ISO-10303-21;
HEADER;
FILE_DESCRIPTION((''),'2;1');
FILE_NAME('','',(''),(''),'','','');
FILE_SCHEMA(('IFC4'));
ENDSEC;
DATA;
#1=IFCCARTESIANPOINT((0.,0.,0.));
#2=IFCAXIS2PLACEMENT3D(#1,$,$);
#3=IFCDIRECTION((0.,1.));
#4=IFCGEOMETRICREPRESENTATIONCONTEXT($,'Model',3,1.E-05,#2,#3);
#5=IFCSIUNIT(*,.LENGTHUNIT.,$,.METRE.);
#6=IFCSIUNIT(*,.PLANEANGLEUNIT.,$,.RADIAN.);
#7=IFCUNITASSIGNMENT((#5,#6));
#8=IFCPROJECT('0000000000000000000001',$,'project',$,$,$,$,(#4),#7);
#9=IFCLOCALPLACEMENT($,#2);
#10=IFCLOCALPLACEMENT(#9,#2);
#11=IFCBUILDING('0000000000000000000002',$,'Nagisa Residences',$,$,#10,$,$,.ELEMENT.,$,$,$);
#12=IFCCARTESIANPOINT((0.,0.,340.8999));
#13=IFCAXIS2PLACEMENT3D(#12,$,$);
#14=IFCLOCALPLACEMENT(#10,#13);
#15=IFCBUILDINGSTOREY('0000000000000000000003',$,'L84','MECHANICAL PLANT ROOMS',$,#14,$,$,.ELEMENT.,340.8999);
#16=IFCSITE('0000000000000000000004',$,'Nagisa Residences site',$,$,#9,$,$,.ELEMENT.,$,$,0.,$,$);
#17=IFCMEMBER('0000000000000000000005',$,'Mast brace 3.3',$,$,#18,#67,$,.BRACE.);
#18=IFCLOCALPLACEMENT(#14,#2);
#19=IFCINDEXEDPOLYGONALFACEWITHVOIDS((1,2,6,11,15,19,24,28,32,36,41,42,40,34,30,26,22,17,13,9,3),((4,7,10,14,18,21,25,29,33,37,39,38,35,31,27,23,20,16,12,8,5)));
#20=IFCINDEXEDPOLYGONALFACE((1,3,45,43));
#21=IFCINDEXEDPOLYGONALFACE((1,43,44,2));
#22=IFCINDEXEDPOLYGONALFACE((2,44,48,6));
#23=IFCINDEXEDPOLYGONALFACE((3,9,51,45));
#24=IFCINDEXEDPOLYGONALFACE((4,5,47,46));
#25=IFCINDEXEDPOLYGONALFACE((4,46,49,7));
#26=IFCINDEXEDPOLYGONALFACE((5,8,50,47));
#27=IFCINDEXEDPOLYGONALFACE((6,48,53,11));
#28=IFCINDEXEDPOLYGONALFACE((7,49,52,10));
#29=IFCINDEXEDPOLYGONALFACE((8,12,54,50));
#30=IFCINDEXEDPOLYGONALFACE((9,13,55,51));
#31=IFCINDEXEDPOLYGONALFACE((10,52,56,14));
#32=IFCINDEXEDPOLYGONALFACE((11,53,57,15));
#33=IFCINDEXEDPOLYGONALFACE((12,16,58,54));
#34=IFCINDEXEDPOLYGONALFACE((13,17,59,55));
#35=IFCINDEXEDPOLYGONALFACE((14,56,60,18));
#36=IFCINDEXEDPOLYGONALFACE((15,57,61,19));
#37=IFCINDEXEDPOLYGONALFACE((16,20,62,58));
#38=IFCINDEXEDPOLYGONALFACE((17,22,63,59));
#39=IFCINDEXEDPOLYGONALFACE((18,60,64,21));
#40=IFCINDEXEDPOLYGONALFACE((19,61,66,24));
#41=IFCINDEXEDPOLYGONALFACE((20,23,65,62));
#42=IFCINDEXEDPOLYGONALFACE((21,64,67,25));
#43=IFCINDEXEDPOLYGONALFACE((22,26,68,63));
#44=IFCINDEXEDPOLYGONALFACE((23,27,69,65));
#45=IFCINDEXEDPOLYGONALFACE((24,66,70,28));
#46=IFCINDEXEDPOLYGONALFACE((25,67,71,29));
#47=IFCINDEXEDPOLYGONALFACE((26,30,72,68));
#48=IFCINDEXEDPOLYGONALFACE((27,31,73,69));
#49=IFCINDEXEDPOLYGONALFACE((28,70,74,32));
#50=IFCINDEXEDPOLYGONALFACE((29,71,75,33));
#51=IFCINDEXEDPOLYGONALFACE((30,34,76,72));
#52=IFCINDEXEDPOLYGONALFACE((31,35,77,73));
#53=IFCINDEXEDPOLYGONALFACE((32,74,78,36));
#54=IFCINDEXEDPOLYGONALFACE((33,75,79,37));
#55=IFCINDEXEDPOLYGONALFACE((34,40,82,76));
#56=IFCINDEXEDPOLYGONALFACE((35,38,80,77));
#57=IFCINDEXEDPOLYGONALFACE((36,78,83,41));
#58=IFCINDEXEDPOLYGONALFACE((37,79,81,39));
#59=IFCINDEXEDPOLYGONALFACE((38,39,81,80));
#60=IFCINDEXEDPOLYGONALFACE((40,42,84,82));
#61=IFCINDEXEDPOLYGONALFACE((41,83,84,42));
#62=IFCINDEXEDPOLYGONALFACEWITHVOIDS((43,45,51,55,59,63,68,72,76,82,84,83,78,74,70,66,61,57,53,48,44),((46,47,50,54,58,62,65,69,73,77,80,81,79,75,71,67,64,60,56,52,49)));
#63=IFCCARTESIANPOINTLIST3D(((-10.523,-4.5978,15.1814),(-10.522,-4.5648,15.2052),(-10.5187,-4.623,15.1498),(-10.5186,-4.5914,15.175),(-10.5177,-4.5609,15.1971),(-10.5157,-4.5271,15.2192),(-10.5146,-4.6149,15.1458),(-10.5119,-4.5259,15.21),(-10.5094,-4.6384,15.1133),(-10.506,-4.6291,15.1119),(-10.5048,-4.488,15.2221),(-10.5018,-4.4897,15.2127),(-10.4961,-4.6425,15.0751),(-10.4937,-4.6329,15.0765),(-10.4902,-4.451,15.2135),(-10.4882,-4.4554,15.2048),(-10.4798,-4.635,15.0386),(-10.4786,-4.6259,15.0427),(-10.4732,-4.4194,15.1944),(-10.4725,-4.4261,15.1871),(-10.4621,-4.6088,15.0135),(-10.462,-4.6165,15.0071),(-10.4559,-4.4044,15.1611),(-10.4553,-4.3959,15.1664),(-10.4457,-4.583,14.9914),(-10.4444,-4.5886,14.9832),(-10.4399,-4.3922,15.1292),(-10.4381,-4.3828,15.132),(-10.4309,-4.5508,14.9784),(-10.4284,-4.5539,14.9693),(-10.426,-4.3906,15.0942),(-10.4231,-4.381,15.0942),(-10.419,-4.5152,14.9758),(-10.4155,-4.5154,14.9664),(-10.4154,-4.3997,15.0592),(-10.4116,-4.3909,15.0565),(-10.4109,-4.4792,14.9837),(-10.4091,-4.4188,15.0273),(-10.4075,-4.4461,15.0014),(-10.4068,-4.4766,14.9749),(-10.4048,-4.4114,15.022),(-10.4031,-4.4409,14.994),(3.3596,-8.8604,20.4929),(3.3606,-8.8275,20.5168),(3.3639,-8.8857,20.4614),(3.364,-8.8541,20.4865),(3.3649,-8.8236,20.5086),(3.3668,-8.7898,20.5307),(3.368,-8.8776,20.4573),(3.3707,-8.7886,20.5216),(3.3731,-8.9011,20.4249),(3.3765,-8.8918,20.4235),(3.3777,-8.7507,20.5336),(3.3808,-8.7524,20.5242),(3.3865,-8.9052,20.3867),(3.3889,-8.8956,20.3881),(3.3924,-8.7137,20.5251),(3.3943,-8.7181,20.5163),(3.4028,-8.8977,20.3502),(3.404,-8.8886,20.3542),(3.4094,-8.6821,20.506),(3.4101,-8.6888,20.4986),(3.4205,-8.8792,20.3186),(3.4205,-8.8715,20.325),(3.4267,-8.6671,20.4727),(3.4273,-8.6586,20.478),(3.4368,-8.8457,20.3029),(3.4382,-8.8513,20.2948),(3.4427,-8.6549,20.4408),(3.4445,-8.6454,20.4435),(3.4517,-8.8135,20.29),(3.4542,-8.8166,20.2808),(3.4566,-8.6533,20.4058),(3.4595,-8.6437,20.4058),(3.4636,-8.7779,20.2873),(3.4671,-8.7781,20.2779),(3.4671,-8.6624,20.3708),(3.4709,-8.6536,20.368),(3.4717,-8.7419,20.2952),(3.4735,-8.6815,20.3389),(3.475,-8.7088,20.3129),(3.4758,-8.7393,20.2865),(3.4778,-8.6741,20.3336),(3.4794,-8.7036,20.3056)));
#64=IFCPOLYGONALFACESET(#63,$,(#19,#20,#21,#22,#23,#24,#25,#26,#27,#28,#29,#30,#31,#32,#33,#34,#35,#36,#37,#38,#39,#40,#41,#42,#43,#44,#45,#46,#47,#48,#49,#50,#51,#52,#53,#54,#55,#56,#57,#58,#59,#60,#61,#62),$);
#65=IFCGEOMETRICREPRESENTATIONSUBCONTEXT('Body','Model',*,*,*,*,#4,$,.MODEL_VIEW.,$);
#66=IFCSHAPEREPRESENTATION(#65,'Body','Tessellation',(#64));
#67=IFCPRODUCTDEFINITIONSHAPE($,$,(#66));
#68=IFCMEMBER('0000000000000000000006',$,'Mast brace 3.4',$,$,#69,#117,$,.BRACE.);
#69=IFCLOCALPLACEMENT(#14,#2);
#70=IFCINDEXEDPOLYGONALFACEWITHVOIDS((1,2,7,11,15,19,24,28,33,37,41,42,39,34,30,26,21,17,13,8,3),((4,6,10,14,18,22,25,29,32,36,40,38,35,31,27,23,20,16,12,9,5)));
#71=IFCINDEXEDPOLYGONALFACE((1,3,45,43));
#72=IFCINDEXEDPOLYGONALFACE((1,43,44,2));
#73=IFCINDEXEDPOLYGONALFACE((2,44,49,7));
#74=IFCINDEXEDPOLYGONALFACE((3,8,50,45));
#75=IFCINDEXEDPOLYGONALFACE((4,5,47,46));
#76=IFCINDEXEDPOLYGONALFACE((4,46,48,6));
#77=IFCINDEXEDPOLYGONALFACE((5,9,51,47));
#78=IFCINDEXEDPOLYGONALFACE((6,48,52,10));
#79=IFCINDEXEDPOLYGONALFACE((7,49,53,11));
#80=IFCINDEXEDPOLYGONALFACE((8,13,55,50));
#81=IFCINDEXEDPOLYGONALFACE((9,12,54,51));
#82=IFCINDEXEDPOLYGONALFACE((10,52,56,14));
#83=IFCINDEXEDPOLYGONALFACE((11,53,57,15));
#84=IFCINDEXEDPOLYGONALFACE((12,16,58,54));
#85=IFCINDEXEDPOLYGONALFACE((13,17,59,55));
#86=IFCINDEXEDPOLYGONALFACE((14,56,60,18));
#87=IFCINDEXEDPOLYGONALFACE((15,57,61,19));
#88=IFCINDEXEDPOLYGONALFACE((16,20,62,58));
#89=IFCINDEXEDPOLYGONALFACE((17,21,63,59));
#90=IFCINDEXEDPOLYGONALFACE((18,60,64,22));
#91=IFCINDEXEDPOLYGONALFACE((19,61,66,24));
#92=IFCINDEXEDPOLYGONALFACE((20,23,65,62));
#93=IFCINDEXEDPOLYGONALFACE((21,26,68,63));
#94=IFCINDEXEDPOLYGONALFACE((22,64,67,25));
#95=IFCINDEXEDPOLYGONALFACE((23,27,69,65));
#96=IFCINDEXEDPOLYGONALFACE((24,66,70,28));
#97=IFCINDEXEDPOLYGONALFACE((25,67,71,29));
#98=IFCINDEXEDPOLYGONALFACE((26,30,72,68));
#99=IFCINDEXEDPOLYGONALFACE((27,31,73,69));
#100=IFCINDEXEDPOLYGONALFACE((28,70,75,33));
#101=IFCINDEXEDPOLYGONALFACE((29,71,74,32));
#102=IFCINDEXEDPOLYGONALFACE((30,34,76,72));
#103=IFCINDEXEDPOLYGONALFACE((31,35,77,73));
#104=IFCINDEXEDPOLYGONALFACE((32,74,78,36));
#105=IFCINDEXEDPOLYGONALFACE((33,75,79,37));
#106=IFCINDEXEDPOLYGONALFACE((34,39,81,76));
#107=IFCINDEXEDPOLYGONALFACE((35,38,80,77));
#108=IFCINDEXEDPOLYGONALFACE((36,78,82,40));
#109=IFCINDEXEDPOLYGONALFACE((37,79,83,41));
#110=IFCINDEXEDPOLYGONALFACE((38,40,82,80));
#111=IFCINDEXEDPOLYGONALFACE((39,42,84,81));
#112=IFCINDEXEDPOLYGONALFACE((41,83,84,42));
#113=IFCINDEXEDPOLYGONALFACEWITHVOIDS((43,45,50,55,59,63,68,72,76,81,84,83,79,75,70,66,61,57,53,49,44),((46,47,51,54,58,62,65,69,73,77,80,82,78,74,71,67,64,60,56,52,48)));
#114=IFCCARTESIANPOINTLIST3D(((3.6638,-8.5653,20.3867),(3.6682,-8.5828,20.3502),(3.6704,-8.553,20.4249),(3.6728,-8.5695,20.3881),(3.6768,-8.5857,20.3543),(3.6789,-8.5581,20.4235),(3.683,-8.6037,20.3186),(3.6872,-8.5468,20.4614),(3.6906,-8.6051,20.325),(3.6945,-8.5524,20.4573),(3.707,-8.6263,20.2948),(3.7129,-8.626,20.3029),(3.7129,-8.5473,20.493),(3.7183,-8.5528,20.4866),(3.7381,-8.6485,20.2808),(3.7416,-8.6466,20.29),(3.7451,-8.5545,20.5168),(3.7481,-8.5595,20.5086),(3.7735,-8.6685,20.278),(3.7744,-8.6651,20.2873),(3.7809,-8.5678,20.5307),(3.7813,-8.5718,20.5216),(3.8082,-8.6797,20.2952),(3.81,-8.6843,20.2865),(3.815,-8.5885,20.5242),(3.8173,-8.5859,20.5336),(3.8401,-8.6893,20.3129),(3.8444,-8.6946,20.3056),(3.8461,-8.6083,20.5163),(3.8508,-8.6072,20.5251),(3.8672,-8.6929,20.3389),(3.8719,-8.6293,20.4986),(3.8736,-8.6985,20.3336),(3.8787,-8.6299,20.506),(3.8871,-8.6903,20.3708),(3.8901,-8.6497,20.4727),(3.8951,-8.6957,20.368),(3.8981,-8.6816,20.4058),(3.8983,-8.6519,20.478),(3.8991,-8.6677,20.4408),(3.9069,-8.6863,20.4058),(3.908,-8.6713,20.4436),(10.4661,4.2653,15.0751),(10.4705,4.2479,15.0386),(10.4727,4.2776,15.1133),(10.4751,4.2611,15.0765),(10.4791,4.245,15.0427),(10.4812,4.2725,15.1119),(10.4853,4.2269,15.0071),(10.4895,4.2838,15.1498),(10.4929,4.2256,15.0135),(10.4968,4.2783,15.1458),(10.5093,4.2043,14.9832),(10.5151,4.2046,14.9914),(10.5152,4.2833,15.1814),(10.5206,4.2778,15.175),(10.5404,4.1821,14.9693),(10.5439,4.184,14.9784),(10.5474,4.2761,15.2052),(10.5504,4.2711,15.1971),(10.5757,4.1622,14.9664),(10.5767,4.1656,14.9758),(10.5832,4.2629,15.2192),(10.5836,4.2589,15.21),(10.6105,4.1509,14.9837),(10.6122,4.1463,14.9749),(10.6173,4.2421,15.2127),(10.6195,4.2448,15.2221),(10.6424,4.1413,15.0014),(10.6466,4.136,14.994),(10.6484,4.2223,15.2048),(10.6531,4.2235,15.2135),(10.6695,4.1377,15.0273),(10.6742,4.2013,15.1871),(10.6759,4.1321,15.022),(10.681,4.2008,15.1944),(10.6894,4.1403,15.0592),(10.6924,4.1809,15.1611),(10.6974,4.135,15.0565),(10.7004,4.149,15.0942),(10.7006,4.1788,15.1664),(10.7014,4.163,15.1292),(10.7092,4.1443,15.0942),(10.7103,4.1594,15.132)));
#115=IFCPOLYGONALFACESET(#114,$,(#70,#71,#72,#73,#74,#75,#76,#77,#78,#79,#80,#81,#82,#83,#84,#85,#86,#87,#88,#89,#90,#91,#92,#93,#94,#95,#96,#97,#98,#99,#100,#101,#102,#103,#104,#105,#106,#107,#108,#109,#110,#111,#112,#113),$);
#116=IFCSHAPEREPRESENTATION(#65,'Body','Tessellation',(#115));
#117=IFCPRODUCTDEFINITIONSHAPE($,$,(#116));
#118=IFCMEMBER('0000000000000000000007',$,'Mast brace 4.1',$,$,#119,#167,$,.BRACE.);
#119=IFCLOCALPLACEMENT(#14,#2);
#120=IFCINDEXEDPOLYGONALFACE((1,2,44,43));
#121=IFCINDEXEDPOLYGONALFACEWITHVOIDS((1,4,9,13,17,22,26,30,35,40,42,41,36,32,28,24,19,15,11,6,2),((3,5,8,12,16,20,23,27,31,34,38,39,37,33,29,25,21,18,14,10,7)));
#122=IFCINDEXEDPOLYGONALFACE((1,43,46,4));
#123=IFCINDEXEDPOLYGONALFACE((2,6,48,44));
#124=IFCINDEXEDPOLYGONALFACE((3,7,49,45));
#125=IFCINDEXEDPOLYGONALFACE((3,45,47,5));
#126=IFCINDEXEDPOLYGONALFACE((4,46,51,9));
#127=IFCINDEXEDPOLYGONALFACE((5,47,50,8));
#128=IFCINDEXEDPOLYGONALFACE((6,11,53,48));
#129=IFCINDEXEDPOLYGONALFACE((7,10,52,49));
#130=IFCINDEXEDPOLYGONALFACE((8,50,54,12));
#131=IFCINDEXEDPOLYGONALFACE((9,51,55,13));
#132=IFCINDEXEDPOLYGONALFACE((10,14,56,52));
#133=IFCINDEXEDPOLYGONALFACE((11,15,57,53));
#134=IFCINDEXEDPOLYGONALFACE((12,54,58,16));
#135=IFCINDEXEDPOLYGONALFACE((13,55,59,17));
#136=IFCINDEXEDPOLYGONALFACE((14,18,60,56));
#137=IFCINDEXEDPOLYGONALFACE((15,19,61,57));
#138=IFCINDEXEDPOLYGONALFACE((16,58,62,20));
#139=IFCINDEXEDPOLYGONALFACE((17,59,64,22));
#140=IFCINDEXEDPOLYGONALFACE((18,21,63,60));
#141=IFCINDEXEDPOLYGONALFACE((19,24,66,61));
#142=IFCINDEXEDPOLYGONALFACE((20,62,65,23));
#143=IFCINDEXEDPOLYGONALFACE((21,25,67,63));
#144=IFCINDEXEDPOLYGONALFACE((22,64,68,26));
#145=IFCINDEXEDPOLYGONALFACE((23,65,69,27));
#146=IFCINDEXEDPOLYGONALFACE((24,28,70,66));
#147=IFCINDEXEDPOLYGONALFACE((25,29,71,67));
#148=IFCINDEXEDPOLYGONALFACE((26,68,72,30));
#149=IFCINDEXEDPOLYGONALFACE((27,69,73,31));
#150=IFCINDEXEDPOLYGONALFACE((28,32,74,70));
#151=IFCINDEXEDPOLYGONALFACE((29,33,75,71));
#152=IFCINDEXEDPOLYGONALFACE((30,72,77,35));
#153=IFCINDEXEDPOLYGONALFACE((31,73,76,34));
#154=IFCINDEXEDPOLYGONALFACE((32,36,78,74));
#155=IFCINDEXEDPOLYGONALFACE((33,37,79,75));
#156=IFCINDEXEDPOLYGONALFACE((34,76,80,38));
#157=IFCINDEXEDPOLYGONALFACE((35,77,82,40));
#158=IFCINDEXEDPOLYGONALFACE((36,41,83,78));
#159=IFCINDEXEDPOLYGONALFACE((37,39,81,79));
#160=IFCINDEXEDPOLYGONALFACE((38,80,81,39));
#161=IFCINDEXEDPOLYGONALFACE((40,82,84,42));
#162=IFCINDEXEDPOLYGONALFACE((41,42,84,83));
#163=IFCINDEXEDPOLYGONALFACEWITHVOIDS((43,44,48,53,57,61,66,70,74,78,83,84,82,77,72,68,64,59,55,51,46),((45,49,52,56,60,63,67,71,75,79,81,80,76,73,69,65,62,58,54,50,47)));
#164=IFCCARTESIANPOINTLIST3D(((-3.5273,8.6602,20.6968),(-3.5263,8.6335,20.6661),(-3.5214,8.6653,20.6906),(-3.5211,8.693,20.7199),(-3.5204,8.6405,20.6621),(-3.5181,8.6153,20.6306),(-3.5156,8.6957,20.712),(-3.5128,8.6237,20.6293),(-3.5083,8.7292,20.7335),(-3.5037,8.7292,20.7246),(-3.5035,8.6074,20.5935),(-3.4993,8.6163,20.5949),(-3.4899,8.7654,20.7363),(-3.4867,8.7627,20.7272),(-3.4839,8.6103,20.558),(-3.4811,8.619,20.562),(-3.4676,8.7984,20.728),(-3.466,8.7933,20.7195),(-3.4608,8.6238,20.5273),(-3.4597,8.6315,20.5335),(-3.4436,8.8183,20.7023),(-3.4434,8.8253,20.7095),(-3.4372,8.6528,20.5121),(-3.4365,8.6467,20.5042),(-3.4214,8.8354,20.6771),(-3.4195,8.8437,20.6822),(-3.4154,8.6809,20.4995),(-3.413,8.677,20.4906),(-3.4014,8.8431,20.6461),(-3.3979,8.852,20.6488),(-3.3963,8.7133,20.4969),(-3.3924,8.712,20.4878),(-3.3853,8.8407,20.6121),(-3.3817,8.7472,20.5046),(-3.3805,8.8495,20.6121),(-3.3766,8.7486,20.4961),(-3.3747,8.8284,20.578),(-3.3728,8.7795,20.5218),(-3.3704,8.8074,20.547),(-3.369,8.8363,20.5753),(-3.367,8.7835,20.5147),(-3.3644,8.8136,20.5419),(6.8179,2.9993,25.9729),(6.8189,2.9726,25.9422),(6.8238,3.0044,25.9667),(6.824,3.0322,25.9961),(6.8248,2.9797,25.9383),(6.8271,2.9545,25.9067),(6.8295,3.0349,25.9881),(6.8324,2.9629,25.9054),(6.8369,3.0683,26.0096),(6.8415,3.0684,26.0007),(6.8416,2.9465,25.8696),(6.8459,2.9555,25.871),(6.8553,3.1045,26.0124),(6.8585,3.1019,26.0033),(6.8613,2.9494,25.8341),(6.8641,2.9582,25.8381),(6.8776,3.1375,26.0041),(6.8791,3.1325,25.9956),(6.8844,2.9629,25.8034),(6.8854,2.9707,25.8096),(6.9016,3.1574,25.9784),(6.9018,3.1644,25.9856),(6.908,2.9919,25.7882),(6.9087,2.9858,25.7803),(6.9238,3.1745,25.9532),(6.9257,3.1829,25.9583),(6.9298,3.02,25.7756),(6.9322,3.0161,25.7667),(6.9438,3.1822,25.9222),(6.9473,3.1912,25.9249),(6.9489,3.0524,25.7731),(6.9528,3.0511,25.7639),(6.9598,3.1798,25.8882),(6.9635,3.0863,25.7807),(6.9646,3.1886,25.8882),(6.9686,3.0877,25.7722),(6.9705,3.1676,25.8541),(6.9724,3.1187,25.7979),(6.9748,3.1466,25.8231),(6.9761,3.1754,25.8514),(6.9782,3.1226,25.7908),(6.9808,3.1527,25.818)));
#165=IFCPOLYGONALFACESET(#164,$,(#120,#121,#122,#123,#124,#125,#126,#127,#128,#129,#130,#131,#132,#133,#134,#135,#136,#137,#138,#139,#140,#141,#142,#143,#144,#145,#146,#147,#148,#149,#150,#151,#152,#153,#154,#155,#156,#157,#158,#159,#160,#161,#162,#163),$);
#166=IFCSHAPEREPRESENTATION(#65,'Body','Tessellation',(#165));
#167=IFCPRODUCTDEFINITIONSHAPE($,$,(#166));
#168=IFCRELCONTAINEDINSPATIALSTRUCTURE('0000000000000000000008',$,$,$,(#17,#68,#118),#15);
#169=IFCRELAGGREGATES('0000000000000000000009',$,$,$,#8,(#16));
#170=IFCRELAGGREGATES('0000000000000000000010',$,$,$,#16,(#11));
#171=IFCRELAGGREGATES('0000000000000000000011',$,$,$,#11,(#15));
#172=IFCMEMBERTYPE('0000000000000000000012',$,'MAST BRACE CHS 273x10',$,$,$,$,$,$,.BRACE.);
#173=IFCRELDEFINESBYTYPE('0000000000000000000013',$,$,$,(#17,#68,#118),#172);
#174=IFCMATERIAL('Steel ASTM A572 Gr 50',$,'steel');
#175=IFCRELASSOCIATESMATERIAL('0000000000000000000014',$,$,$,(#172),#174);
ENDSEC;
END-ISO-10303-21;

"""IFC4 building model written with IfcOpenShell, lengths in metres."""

from ifc_helpers import new_model, si_unit, direction, frame, origin, origin_2d, place, context, subcontext, project, spatial, hollow_circle, extrude, material, material_profile, profile_set, type_object, element, save


model = new_model("IFC4")

# Units and contexts
model_context = context("Model", 3, precision=1e-05, world=origin(), true_north=direction((0.0, 1.0)))
body_context = subcontext(model_context, "Body", "Model", "MODEL_VIEW")
ifc_project = project(units=[si_unit("LENGTHUNIT", "METRE"), si_unit("PLANEANGLEUNIT", "RADIAN")], contexts=[model_context])

# Site, building, storey
site_placement = place(None, origin())
site = spatial("IfcSite", under=ifc_project, at=site_placement, Name="Nagisa Residences site", CompositionType="ELEMENT", RefElevation=0.0)
building_placement = place(site_placement, origin())
building = spatial("IfcBuilding", under=site, at=building_placement, Name="Nagisa Residences", CompositionType="ELEMENT")
storey_placement = place(building_placement, frame((0.0, 0.0, 340.8999)))
storey = spatial("IfcBuildingStorey", under=building, at=storey_placement, Name="L84", Description="MECHANICAL PLANT ROOMS", CompositionType="ELEMENT", Elevation=340.8999)

# Members
ifc_material_1 = material(Name="Steel ASTM A572 Gr 50", Category="steel")
ifc_material_profile_1 = material_profile(ifc_material_1, hollow_circle(Radius=0.1365, WallThickness=0.01, at=origin_2d()), Name="MAST BRACE CHS 273x10")
ifc_profile_set_1 = profile_set([ifc_material_profile_1], Name="Steel ASTM A572 Gr 50")
member_type_1 = type_object("IfcMemberType", Name="MAST BRACE CHS 273x10", PredefinedType="BRACE", material=ifc_profile_set_1)
for number, where, z_axis, x_axis, name in (
    (1, (-10.4631, -4.5115, 15.0942), (0.897785, -0.275668, 0.343496), (0.293528, 0.95595, 0.0), "Mast brace 3.3"),
    (2, (10.5886, 4.2083, 15.0942), (-0.439903, -0.829756, 0.343498), (0.883515, -0.468404, 0.0), "Mast brace 3.4"),
):
    element("IfcMember", number, at=place(storey_placement, frame(where, z_axis=z_axis, x_axis=x_axis)), inside=storey, type_object=member_type_1, Name=name, PredefinedType="BRACE", context=body_context, shape_type="SweptSolid", body=[
        extrude(hollow_circle(Radius=0.1365, WallThickness=0.01, at=origin_2d()), origin(), (0.0, 0.0, 1.0), 15.4631),
    ])
member_1_placement = place(storey_placement, frame((-3.446, 8.7297, 20.6121), z_axis=(0.800761, -0.438175, 0.408393), x_axis=(0.480031, 0.877252, 0.0)))
element("IfcMember", 3, at=member_1_placement, inside=storey, type_object=member_type_1, Name="Mast brace 4.1", PredefinedType="BRACE", context=body_context, shape_type="SweptSolid", body=[
    extrude(hollow_circle(Radius=0.1365, WallThickness=0.01, at=origin_2d()), origin(), (0.0, 0.0, 1.0), 12.9192),
])

save(model, "model.ifc")
